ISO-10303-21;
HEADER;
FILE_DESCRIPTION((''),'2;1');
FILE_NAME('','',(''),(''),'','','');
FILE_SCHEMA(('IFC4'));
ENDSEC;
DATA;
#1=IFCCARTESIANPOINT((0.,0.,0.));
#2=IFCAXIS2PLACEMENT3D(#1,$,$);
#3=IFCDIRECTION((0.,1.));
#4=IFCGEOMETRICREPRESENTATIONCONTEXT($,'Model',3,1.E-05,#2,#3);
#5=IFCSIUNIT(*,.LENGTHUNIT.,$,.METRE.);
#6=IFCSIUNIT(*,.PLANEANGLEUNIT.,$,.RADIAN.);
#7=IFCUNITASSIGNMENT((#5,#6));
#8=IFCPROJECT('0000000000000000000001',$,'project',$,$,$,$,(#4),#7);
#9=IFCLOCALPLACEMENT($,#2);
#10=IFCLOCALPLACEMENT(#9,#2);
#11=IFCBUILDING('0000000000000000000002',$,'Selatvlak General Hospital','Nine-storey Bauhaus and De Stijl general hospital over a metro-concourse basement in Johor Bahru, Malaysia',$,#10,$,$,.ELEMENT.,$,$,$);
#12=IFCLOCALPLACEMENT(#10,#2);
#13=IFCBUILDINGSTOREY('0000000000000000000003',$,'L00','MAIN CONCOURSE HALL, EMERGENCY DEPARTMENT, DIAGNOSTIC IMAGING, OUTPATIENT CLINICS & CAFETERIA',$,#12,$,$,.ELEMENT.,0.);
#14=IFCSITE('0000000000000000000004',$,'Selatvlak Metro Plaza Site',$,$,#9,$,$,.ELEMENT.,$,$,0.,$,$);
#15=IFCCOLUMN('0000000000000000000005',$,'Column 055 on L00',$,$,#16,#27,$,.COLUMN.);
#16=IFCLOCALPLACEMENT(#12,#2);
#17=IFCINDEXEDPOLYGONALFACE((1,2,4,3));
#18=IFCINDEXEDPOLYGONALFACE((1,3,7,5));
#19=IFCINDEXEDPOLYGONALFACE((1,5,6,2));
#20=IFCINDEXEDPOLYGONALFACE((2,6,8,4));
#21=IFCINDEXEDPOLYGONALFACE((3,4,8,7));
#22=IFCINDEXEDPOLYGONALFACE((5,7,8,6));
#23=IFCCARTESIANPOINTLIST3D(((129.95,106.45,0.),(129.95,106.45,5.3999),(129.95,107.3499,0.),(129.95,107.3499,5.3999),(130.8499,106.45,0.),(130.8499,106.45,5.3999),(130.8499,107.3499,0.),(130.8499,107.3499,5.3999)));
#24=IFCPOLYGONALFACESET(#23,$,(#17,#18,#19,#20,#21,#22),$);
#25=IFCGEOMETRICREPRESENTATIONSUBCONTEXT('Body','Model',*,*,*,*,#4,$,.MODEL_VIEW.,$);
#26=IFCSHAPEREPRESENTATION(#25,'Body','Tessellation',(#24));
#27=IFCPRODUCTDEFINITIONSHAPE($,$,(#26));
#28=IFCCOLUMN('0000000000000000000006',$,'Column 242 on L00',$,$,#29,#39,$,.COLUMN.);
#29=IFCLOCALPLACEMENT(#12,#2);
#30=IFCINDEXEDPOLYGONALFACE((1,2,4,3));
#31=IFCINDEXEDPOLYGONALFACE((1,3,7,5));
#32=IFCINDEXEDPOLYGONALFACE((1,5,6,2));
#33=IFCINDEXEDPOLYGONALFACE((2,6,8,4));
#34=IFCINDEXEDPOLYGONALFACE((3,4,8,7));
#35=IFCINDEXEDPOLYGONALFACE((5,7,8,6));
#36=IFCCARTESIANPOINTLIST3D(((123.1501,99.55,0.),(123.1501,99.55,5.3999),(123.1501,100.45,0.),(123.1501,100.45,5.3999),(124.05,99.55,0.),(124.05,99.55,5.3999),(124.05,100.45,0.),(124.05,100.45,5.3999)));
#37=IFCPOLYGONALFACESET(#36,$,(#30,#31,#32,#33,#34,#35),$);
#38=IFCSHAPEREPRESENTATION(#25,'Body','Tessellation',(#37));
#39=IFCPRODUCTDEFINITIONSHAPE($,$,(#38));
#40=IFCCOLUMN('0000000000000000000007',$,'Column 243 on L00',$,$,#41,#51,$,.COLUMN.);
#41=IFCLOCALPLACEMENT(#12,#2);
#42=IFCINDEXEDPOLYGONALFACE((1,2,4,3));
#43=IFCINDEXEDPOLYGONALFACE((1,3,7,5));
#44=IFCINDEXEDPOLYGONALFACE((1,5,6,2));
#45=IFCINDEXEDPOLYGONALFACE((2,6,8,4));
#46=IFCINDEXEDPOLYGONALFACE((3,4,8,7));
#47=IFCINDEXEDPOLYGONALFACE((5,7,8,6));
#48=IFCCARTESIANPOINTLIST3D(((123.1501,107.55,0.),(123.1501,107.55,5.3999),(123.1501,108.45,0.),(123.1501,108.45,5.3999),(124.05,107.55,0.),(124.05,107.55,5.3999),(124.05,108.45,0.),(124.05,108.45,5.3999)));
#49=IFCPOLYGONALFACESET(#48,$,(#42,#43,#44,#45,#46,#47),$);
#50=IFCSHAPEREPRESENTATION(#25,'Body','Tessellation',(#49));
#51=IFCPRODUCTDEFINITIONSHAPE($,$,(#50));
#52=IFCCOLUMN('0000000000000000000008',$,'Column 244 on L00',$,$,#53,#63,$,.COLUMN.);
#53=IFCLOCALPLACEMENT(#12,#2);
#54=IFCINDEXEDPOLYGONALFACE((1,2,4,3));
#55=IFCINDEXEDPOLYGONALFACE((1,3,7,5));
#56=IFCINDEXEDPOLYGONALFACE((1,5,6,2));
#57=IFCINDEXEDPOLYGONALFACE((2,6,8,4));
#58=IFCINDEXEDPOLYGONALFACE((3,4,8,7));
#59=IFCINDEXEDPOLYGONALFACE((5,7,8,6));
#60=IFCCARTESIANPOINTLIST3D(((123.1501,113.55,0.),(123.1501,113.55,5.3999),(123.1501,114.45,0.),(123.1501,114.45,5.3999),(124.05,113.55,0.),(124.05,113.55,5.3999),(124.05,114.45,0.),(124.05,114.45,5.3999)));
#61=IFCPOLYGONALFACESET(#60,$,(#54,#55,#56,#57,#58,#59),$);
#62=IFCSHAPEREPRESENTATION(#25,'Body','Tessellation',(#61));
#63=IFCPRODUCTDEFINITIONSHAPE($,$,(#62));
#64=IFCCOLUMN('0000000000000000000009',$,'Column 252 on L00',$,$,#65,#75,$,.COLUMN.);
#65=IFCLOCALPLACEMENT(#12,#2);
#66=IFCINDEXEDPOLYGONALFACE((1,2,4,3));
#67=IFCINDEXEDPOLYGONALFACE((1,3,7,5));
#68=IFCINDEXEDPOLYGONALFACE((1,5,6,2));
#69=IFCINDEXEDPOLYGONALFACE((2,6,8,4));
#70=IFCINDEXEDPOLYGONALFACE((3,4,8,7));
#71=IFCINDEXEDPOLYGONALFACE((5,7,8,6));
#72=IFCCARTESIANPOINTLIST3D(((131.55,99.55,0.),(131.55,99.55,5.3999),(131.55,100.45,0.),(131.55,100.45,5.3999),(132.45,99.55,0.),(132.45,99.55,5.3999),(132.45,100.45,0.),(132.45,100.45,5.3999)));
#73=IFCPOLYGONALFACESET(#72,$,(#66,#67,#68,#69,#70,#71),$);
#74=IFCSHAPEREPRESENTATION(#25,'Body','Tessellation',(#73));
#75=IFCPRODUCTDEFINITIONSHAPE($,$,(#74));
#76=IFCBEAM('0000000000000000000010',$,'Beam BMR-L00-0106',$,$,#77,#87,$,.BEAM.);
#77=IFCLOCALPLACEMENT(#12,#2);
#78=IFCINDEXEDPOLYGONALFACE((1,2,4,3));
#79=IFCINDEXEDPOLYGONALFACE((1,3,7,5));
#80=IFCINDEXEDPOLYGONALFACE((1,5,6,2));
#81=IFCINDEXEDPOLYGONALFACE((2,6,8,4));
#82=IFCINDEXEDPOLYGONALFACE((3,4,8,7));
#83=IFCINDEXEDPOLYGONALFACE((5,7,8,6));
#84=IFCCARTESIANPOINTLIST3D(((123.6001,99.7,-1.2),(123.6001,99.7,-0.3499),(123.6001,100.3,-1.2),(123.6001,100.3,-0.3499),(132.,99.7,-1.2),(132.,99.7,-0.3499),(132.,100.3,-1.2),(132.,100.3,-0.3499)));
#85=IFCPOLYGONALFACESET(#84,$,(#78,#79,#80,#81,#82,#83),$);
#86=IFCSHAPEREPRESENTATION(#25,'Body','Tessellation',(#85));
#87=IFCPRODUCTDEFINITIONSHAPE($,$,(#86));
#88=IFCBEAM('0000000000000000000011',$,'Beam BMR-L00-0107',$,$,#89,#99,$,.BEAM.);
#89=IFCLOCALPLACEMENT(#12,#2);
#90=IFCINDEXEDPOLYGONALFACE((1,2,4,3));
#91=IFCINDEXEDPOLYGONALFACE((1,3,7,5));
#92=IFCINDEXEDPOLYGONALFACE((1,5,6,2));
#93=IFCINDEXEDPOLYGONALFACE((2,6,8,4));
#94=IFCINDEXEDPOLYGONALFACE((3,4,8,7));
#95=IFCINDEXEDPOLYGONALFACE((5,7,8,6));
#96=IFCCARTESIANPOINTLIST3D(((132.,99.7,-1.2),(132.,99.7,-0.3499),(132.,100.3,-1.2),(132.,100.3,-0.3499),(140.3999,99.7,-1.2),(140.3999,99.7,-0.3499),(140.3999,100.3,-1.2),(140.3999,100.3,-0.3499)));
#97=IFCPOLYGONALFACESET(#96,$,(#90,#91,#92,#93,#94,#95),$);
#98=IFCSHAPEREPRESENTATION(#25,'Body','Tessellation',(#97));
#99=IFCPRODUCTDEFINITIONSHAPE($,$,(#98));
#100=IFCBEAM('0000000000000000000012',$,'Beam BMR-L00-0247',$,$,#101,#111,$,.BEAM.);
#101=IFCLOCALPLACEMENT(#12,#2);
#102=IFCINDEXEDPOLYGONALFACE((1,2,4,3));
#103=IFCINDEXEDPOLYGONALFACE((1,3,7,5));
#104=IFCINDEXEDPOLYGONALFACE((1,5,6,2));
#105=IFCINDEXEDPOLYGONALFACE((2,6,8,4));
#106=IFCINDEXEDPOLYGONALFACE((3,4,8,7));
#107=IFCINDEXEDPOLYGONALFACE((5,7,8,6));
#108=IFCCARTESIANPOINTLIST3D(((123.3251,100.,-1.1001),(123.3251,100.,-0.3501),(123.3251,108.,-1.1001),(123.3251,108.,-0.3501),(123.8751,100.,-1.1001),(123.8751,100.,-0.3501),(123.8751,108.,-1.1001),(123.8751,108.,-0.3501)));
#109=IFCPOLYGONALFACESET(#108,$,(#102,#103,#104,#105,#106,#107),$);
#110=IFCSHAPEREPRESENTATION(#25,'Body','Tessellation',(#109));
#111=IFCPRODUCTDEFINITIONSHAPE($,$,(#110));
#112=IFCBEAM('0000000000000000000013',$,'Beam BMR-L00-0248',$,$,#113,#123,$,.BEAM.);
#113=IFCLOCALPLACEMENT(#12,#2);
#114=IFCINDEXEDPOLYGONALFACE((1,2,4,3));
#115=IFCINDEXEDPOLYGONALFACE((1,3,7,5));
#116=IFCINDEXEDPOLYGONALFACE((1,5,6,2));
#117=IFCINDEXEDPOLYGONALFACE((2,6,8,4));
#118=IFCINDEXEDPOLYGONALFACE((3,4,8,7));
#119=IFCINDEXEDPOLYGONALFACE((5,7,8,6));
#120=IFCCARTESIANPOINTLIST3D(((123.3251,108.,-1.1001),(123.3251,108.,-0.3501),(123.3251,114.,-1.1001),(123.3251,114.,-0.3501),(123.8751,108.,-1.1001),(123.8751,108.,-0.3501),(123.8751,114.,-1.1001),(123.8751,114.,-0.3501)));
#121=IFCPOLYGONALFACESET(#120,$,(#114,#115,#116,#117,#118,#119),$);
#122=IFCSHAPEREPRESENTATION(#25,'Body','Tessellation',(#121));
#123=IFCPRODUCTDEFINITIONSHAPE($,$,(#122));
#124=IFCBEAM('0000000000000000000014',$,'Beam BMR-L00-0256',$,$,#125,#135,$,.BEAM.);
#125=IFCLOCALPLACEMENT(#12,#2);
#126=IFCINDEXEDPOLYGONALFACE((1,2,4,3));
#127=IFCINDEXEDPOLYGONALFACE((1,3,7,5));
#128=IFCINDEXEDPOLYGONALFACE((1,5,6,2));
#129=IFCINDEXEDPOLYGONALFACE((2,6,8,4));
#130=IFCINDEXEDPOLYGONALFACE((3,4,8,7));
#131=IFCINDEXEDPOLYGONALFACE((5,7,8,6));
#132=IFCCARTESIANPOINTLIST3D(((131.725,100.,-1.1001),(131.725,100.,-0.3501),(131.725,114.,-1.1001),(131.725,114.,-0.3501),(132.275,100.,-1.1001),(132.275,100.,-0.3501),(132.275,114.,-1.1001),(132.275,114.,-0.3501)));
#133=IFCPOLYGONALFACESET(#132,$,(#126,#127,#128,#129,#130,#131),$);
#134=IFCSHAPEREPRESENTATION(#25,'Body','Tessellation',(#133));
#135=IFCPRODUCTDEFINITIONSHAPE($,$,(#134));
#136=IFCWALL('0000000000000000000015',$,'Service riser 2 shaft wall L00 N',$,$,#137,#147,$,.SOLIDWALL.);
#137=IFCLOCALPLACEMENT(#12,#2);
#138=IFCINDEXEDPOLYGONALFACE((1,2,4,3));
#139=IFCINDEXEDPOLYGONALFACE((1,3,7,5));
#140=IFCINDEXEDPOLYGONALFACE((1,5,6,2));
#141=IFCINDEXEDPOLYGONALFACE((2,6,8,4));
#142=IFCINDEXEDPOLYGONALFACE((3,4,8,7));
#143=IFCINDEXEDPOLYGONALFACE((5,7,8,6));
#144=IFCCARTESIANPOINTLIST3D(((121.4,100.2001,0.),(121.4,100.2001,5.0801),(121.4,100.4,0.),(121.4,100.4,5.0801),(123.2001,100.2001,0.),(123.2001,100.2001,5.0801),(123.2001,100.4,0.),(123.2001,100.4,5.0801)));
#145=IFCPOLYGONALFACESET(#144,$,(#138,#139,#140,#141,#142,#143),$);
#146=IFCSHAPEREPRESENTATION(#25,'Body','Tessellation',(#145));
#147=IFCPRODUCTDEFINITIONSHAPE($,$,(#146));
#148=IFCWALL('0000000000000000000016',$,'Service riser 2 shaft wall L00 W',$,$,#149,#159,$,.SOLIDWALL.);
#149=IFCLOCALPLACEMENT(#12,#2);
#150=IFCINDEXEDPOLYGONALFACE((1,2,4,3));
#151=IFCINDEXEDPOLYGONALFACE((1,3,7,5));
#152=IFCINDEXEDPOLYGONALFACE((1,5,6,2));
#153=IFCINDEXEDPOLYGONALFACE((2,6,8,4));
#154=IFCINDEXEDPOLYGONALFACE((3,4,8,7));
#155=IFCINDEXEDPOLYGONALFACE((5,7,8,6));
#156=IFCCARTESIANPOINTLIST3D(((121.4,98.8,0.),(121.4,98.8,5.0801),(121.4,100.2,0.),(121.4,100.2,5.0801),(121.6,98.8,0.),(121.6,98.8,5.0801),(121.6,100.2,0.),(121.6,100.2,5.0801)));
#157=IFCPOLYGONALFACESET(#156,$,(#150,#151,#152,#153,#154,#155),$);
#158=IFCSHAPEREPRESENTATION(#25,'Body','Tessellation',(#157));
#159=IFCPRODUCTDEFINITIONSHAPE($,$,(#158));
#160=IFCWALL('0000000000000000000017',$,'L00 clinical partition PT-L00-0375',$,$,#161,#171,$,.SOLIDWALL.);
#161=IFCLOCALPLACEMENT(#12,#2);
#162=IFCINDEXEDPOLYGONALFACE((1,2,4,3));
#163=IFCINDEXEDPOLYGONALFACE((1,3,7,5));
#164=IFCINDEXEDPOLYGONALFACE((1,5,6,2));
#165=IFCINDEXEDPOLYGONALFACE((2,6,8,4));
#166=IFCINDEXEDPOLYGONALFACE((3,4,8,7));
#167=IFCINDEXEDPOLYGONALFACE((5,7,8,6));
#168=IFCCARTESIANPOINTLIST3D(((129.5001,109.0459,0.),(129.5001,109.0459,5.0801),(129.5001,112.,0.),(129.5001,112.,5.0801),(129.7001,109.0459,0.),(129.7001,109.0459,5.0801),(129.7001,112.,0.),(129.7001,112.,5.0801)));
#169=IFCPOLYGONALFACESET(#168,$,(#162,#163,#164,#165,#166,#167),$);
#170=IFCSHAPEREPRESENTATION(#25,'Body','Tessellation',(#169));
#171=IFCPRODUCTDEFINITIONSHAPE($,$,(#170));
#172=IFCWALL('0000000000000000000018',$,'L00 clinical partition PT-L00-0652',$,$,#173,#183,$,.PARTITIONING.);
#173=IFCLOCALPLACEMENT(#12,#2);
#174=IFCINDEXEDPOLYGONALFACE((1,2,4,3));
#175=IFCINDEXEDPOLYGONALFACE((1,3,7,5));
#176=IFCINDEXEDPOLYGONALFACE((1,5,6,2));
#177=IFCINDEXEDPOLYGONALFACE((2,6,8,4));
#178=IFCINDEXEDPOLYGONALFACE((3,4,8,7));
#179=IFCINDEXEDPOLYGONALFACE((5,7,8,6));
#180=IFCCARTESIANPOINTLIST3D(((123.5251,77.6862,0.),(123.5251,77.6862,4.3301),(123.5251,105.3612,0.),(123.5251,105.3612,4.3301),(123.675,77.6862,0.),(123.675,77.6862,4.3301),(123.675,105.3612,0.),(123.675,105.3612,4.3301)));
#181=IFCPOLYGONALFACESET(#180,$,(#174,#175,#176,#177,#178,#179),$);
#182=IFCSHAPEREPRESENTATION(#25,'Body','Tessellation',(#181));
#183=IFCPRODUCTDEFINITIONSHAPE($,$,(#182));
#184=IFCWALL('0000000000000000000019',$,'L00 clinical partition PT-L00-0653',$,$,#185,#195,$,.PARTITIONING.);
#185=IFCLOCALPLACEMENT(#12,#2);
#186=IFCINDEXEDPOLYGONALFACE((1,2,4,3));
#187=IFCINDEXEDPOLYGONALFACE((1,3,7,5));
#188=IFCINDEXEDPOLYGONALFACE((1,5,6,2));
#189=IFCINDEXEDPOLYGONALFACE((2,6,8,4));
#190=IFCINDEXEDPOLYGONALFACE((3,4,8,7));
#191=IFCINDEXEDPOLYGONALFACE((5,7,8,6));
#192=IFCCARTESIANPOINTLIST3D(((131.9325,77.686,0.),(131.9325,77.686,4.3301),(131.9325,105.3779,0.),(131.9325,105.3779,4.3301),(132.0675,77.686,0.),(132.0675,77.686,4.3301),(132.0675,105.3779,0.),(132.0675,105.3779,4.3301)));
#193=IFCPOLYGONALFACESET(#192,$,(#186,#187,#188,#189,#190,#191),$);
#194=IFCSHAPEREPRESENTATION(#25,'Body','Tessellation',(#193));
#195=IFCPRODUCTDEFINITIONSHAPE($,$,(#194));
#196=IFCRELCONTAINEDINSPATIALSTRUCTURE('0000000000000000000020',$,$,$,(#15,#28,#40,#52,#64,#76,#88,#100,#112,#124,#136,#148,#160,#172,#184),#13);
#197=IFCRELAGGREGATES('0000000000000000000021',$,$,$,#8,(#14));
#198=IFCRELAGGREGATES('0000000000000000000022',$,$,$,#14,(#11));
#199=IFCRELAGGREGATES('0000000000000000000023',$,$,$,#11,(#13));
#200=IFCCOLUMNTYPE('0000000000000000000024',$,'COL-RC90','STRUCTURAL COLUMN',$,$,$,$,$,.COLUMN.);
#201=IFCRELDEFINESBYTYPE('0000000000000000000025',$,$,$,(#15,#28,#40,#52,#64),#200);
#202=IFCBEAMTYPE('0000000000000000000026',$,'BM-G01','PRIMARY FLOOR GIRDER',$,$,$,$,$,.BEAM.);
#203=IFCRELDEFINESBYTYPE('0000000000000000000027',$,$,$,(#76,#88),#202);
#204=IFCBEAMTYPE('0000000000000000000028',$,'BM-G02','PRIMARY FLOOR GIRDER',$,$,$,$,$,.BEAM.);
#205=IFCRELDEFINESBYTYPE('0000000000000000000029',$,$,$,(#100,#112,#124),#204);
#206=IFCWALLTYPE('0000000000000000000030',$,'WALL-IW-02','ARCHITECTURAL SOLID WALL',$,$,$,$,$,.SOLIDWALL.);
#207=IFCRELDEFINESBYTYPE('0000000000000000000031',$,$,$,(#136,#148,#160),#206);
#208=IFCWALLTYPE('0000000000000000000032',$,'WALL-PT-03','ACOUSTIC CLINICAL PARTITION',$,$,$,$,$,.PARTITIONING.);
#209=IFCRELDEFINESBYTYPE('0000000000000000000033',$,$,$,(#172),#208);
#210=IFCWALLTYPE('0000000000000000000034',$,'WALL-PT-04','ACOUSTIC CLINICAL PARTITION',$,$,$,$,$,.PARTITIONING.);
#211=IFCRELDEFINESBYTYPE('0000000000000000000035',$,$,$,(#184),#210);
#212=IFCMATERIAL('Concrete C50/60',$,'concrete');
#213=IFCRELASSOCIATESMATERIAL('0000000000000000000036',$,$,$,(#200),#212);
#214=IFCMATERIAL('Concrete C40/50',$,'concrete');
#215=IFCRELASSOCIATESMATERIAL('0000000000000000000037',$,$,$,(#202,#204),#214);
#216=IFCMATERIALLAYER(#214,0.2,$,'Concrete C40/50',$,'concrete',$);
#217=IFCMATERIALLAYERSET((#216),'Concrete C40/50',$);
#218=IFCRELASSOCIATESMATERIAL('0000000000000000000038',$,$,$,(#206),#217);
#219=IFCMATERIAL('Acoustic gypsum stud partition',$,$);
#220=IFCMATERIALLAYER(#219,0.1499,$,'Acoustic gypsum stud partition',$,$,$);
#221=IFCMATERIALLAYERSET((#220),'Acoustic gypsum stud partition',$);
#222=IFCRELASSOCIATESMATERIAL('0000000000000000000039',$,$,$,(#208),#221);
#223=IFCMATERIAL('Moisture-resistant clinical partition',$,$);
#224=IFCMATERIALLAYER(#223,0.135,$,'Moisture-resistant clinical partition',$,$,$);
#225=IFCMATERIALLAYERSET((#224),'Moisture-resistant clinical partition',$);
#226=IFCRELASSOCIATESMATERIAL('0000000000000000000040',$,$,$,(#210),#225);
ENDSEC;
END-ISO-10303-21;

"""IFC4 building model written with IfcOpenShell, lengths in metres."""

from ifc_helpers import new_model, si_unit, direction, frame, frame_2d, origin, origin_2d, place, context, subcontext, project, spatial, rectangle, extrude, material, layer, layer_set, material_profile, profile_set, type_object, element, save


model = new_model("IFC4")

# Units and contexts
model_context = context("Model", 3, precision=1e-05, world=origin(), true_north=direction((0.0, 1.0)))
body_context = subcontext(model_context, "Body", "Model", "MODEL_VIEW")
ifc_project = project(units=[si_unit("LENGTHUNIT", "METRE"), si_unit("PLANEANGLEUNIT", "RADIAN")], contexts=[model_context])

# Site, building, storey
site_placement = place(None, origin())
site = spatial("IfcSite", under=ifc_project, at=site_placement, Name="Selatvlak Metro Plaza Site", CompositionType="ELEMENT", RefElevation=0.0)
building_placement = place(site_placement, origin())
building = spatial("IfcBuilding", under=site, at=building_placement, Name="Selatvlak General Hospital", Description="Nine-storey Bauhaus and De Stijl general hospital over a metro-concourse basement in Johor Bahru, Malaysia", CompositionType="ELEMENT")
storey_placement = place(building_placement, origin())
storey = spatial("IfcBuildingStorey", under=building, at=storey_placement, Name="L00", Description="MAIN CONCOURSE HALL, EMERGENCY DEPARTMENT, DIAGNOSTIC IMAGING, OUTPATIENT CLINICS & CAFETERIA", CompositionType="ELEMENT", Elevation=0.0)

# Columns
ifc_material_1 = material(Name="Concrete C50/60", Category="concrete")
ifc_material_profile_1 = material_profile(ifc_material_1, rectangle(XDim=0.8999, YDim=0.8999, at=origin_2d()), Name="RC-COL 900x900")
ifc_profile_set_1 = profile_set([ifc_material_profile_1], Name="Concrete C50/60")
column_type = type_object("IfcColumnType", Name="COL-RC90", Description="STRUCTURAL COLUMN", PredefinedType="COLUMN", material=ifc_profile_set_1)
for number, where, z_axis, x_axis, name in (
    (1, (130.3999, 106.8999, 0.0), (0.0, 0.0, 1.0), (1.0, 0.0, 0.0), "Column 055 on L00"),
    (2, (123.6001, 100.0, 0.0), (0.0, 0.0, 1.0), (1.0, 0.0, 0.0), "Column 242 on L00"),
    (3, (123.6001, 108.0, 0.0), (0.0, 0.0, 1.0), (1.0, 0.0, 0.0), "Column 243 on L00"),
    (4, (123.6001, 114.0, 0.0), (0.0, 0.0, 1.0), (1.0, 0.0, 0.0), "Column 244 on L00"),
    (5, (132.0, 100.0, 0.0), (0.0, 0.0, 1.0), (1.0, 0.0, 0.0), "Column 252 on L00"),
):
    element("IfcColumn", number, at=place(storey_placement, frame(where, z_axis=z_axis, x_axis=x_axis)), inside=storey, type_object=column_type, Name=name, PredefinedType="COLUMN", context=body_context, shape_type="SweptSolid", body=[
        extrude(rectangle(XDim=0.8999, YDim=0.8999, at=origin_2d()), origin(), (0.0, 0.0, 1.0), 5.3999),
    ])

# Beams
ifc_material_2 = material(Name="Concrete C40/50", Category="concrete")
ifc_material_profile_2 = material_profile(ifc_material_2, rectangle(XDim=0.6001, YDim=0.8501, at=origin_2d()), Name="RC-BM 600x850")
ifc_profile_set_2 = profile_set([ifc_material_profile_2], Name="Concrete C40/50")
beam_type_1 = type_object("IfcBeamType", Name="BM-G01", Description="PRIMARY FLOOR GIRDER", PredefinedType="BEAM", material=ifc_profile_set_2)
for number, where, z_axis, x_axis, name in (
    (6, (123.6001, 100.0, -0.7749), (1.0, 0.0, 0.0), (0.0, 1.0, 0.0), "Beam BMR-L00-0106"),
    (7, (132.0, 100.0, -0.7749), (1.0, 0.0, 0.0), (0.0, 1.0, 0.0), "Beam BMR-L00-0107"),
):
    element("IfcBeam", number, at=place(storey_placement, frame(where, z_axis=z_axis, x_axis=x_axis)), inside=storey, type_object=beam_type_1, Name=name, PredefinedType="BEAM", context=body_context, shape_type="SweptSolid", body=[
        extrude(rectangle(XDim=0.6001, YDim=0.8501, at=origin_2d()), origin(), (0.0, 0.0, 1.0), 8.3999),
    ])
ifc_material_profile_3 = material_profile(ifc_material_2, rectangle(XDim=0.55, YDim=0.75, at=origin_2d()), Name="RC-BM 550x750")
ifc_profile_set_3 = profile_set([ifc_material_profile_3], Name="Concrete C40/50")
beam_type_2 = type_object("IfcBeamType", Name="BM-G02", Description="PRIMARY FLOOR GIRDER", PredefinedType="BEAM", material=ifc_profile_set_3)
beam_1_placement = place(storey_placement, frame((123.6001, 100.0, -0.7251), z_axis=(0.0, 1.0, 0.0), x_axis=(-1.0, 0.0, 0.0)))
element("IfcBeam", 8, at=beam_1_placement, inside=storey, type_object=beam_type_2, Name="Beam BMR-L00-0247", PredefinedType="BEAM", context=body_context, shape_type="SweptSolid", body=[
    extrude(rectangle(XDim=0.55, YDim=0.75, at=origin_2d()), origin(), (0.0, 0.0, 1.0), 8.0),
])
beam_2_placement = place(storey_placement, frame((123.6001, 108.0, -0.7251), z_axis=(0.0, 1.0, 0.0), x_axis=(-1.0, 0.0, 0.0)))
element("IfcBeam", 9, at=beam_2_placement, inside=storey, type_object=beam_type_2, Name="Beam BMR-L00-0248", PredefinedType="BEAM", context=body_context, shape_type="SweptSolid", body=[
    extrude(rectangle(XDim=0.55, YDim=0.75, at=origin_2d()), origin(), (0.0, 0.0, 1.0), 6.0),
])
beam_3_placement = place(storey_placement, frame((132.0, 100.0, -0.7251), z_axis=(0.0, 1.0, 0.0), x_axis=(-1.0, 0.0, 0.0)))
element("IfcBeam", 10, at=beam_3_placement, inside=storey, type_object=beam_type_2, Name="Beam BMR-L00-0256", PredefinedType="BEAM", context=body_context, shape_type="SweptSolid", body=[
    extrude(rectangle(XDim=0.55, YDim=0.75, at=origin_2d()), origin(), (0.0, 0.0, 1.0), 14.0),
])

# Walls
ifc_layer_1 = layer(ifc_material_2, 0.2, Name="Concrete C40/50", Category="concrete")
ifc_layer_set_1 = layer_set([ifc_layer_1], Name="Concrete C40/50")
wall_type_1 = type_object("IfcWallType", Name="WALL-IW-02", Description="ARCHITECTURAL SOLID WALL", PredefinedType="SOLIDWALL", material=ifc_layer_set_1)
wall_1_placement = place(storey_placement, frame((123.2, 100.3, 0.0), z_axis=(0.0, 0.0, 1.0), x_axis=(-1.0, 0.0, 0.0)))
element("IfcWall", 11, at=wall_1_placement, inside=storey, type_object=wall_type_1, Name="Service riser 2 shaft wall L00 N", PredefinedType="SOLIDWALL", context=body_context, shape_type="SweptSolid", body=[
    extrude(rectangle(XDim=1.8, YDim=0.2, at=frame_2d((0.8999, 0.0))), origin(), (0.0, 0.0, 1.0), 5.0801),
])
wall_2_placement = place(storey_placement, frame((121.5, 100.2, 0.0), z_axis=(0.0, 0.0, 1.0), x_axis=(0.0, -1.0, 0.0)))
element("IfcWall", 12, at=wall_2_placement, inside=storey, type_object=wall_type_1, Name="Service riser 2 shaft wall L00 W", PredefinedType="SOLIDWALL", context=body_context, shape_type="SweptSolid", body=[
    extrude(rectangle(XDim=1.3999, YDim=0.2, at=frame_2d((0.7, 0.0))), origin(), (0.0, 0.0, 1.0), 5.0801),
])
wall_3_placement = place(storey_placement, frame((129.6001, 109.0459, 0.0), z_axis=(0.0, 0.0, 1.0), x_axis=(0.0, 1.0, 0.0)))
element("IfcWall", 13, at=wall_3_placement, inside=storey, type_object=wall_type_1, Name="L00 clinical partition PT-L00-0375", PredefinedType="SOLIDWALL", context=body_context, shape_type="SweptSolid", body=[
    extrude(rectangle(XDim=2.9541, YDim=0.2, at=frame_2d((1.4771, 0.0))), origin(), (0.0, 0.0, 1.0), 5.0801),
])

# Shared definitions
ifc_material_3 = material(Name="Acoustic gypsum stud partition")

# Walls
ifc_layer_2 = layer(ifc_material_3, 0.1499, Name="Acoustic gypsum stud partition")
ifc_layer_set_2 = layer_set([ifc_layer_2], Name="Acoustic gypsum stud partition")
wall_type_2 = type_object("IfcWallType", Name="WALL-PT-03", Description="ACOUSTIC CLINICAL PARTITION", PredefinedType="PARTITIONING", material=ifc_layer_set_2)
wall_4_placement = place(storey_placement, frame((123.6001, 105.3611, 0.0), z_axis=(0.0, 0.0, 1.0), x_axis=(0.0, -1.0, 0.0)))
element("IfcWall", 14, at=wall_4_placement, inside=storey, type_object=wall_type_2, Name="L00 clinical partition PT-L00-0652", PredefinedType="PARTITIONING", context=body_context, shape_type="SweptSolid", body=[
    extrude(rectangle(XDim=27.675, YDim=0.1499, at=frame_2d((13.8374, 0.0))), origin(), (0.0, 0.0, 1.0), 4.3301),
])
ifc_material_4 = material(Name="Moisture-resistant clinical partition")
ifc_layer_3 = layer(ifc_material_4, 0.135, Name="Moisture-resistant clinical partition")
ifc_layer_set_3 = layer_set([ifc_layer_3], Name="Moisture-resistant clinical partition")
wall_type_3 = type_object("IfcWallType", Name="WALL-PT-04", Description="ACOUSTIC CLINICAL PARTITION", PredefinedType="PARTITIONING", material=ifc_layer_set_3)
wall_5_placement = place(storey_placement, frame((132.0, 105.3779, 0.0), z_axis=(0.0, 0.0, 1.0), x_axis=(0.0, -1.0, 0.0)))
element("IfcWall", 15, at=wall_5_placement, inside=storey, type_object=wall_type_3, Name="L00 clinical partition PT-L00-0653", PredefinedType="PARTITIONING", context=body_context, shape_type="SweptSolid", body=[
    extrude(rectangle(XDim=27.6919, YDim=0.135, at=frame_2d((13.8459, 0.0))), origin(), (0.0, 0.0, 1.0), 4.3301),
])

save(model, "model.ifc")
